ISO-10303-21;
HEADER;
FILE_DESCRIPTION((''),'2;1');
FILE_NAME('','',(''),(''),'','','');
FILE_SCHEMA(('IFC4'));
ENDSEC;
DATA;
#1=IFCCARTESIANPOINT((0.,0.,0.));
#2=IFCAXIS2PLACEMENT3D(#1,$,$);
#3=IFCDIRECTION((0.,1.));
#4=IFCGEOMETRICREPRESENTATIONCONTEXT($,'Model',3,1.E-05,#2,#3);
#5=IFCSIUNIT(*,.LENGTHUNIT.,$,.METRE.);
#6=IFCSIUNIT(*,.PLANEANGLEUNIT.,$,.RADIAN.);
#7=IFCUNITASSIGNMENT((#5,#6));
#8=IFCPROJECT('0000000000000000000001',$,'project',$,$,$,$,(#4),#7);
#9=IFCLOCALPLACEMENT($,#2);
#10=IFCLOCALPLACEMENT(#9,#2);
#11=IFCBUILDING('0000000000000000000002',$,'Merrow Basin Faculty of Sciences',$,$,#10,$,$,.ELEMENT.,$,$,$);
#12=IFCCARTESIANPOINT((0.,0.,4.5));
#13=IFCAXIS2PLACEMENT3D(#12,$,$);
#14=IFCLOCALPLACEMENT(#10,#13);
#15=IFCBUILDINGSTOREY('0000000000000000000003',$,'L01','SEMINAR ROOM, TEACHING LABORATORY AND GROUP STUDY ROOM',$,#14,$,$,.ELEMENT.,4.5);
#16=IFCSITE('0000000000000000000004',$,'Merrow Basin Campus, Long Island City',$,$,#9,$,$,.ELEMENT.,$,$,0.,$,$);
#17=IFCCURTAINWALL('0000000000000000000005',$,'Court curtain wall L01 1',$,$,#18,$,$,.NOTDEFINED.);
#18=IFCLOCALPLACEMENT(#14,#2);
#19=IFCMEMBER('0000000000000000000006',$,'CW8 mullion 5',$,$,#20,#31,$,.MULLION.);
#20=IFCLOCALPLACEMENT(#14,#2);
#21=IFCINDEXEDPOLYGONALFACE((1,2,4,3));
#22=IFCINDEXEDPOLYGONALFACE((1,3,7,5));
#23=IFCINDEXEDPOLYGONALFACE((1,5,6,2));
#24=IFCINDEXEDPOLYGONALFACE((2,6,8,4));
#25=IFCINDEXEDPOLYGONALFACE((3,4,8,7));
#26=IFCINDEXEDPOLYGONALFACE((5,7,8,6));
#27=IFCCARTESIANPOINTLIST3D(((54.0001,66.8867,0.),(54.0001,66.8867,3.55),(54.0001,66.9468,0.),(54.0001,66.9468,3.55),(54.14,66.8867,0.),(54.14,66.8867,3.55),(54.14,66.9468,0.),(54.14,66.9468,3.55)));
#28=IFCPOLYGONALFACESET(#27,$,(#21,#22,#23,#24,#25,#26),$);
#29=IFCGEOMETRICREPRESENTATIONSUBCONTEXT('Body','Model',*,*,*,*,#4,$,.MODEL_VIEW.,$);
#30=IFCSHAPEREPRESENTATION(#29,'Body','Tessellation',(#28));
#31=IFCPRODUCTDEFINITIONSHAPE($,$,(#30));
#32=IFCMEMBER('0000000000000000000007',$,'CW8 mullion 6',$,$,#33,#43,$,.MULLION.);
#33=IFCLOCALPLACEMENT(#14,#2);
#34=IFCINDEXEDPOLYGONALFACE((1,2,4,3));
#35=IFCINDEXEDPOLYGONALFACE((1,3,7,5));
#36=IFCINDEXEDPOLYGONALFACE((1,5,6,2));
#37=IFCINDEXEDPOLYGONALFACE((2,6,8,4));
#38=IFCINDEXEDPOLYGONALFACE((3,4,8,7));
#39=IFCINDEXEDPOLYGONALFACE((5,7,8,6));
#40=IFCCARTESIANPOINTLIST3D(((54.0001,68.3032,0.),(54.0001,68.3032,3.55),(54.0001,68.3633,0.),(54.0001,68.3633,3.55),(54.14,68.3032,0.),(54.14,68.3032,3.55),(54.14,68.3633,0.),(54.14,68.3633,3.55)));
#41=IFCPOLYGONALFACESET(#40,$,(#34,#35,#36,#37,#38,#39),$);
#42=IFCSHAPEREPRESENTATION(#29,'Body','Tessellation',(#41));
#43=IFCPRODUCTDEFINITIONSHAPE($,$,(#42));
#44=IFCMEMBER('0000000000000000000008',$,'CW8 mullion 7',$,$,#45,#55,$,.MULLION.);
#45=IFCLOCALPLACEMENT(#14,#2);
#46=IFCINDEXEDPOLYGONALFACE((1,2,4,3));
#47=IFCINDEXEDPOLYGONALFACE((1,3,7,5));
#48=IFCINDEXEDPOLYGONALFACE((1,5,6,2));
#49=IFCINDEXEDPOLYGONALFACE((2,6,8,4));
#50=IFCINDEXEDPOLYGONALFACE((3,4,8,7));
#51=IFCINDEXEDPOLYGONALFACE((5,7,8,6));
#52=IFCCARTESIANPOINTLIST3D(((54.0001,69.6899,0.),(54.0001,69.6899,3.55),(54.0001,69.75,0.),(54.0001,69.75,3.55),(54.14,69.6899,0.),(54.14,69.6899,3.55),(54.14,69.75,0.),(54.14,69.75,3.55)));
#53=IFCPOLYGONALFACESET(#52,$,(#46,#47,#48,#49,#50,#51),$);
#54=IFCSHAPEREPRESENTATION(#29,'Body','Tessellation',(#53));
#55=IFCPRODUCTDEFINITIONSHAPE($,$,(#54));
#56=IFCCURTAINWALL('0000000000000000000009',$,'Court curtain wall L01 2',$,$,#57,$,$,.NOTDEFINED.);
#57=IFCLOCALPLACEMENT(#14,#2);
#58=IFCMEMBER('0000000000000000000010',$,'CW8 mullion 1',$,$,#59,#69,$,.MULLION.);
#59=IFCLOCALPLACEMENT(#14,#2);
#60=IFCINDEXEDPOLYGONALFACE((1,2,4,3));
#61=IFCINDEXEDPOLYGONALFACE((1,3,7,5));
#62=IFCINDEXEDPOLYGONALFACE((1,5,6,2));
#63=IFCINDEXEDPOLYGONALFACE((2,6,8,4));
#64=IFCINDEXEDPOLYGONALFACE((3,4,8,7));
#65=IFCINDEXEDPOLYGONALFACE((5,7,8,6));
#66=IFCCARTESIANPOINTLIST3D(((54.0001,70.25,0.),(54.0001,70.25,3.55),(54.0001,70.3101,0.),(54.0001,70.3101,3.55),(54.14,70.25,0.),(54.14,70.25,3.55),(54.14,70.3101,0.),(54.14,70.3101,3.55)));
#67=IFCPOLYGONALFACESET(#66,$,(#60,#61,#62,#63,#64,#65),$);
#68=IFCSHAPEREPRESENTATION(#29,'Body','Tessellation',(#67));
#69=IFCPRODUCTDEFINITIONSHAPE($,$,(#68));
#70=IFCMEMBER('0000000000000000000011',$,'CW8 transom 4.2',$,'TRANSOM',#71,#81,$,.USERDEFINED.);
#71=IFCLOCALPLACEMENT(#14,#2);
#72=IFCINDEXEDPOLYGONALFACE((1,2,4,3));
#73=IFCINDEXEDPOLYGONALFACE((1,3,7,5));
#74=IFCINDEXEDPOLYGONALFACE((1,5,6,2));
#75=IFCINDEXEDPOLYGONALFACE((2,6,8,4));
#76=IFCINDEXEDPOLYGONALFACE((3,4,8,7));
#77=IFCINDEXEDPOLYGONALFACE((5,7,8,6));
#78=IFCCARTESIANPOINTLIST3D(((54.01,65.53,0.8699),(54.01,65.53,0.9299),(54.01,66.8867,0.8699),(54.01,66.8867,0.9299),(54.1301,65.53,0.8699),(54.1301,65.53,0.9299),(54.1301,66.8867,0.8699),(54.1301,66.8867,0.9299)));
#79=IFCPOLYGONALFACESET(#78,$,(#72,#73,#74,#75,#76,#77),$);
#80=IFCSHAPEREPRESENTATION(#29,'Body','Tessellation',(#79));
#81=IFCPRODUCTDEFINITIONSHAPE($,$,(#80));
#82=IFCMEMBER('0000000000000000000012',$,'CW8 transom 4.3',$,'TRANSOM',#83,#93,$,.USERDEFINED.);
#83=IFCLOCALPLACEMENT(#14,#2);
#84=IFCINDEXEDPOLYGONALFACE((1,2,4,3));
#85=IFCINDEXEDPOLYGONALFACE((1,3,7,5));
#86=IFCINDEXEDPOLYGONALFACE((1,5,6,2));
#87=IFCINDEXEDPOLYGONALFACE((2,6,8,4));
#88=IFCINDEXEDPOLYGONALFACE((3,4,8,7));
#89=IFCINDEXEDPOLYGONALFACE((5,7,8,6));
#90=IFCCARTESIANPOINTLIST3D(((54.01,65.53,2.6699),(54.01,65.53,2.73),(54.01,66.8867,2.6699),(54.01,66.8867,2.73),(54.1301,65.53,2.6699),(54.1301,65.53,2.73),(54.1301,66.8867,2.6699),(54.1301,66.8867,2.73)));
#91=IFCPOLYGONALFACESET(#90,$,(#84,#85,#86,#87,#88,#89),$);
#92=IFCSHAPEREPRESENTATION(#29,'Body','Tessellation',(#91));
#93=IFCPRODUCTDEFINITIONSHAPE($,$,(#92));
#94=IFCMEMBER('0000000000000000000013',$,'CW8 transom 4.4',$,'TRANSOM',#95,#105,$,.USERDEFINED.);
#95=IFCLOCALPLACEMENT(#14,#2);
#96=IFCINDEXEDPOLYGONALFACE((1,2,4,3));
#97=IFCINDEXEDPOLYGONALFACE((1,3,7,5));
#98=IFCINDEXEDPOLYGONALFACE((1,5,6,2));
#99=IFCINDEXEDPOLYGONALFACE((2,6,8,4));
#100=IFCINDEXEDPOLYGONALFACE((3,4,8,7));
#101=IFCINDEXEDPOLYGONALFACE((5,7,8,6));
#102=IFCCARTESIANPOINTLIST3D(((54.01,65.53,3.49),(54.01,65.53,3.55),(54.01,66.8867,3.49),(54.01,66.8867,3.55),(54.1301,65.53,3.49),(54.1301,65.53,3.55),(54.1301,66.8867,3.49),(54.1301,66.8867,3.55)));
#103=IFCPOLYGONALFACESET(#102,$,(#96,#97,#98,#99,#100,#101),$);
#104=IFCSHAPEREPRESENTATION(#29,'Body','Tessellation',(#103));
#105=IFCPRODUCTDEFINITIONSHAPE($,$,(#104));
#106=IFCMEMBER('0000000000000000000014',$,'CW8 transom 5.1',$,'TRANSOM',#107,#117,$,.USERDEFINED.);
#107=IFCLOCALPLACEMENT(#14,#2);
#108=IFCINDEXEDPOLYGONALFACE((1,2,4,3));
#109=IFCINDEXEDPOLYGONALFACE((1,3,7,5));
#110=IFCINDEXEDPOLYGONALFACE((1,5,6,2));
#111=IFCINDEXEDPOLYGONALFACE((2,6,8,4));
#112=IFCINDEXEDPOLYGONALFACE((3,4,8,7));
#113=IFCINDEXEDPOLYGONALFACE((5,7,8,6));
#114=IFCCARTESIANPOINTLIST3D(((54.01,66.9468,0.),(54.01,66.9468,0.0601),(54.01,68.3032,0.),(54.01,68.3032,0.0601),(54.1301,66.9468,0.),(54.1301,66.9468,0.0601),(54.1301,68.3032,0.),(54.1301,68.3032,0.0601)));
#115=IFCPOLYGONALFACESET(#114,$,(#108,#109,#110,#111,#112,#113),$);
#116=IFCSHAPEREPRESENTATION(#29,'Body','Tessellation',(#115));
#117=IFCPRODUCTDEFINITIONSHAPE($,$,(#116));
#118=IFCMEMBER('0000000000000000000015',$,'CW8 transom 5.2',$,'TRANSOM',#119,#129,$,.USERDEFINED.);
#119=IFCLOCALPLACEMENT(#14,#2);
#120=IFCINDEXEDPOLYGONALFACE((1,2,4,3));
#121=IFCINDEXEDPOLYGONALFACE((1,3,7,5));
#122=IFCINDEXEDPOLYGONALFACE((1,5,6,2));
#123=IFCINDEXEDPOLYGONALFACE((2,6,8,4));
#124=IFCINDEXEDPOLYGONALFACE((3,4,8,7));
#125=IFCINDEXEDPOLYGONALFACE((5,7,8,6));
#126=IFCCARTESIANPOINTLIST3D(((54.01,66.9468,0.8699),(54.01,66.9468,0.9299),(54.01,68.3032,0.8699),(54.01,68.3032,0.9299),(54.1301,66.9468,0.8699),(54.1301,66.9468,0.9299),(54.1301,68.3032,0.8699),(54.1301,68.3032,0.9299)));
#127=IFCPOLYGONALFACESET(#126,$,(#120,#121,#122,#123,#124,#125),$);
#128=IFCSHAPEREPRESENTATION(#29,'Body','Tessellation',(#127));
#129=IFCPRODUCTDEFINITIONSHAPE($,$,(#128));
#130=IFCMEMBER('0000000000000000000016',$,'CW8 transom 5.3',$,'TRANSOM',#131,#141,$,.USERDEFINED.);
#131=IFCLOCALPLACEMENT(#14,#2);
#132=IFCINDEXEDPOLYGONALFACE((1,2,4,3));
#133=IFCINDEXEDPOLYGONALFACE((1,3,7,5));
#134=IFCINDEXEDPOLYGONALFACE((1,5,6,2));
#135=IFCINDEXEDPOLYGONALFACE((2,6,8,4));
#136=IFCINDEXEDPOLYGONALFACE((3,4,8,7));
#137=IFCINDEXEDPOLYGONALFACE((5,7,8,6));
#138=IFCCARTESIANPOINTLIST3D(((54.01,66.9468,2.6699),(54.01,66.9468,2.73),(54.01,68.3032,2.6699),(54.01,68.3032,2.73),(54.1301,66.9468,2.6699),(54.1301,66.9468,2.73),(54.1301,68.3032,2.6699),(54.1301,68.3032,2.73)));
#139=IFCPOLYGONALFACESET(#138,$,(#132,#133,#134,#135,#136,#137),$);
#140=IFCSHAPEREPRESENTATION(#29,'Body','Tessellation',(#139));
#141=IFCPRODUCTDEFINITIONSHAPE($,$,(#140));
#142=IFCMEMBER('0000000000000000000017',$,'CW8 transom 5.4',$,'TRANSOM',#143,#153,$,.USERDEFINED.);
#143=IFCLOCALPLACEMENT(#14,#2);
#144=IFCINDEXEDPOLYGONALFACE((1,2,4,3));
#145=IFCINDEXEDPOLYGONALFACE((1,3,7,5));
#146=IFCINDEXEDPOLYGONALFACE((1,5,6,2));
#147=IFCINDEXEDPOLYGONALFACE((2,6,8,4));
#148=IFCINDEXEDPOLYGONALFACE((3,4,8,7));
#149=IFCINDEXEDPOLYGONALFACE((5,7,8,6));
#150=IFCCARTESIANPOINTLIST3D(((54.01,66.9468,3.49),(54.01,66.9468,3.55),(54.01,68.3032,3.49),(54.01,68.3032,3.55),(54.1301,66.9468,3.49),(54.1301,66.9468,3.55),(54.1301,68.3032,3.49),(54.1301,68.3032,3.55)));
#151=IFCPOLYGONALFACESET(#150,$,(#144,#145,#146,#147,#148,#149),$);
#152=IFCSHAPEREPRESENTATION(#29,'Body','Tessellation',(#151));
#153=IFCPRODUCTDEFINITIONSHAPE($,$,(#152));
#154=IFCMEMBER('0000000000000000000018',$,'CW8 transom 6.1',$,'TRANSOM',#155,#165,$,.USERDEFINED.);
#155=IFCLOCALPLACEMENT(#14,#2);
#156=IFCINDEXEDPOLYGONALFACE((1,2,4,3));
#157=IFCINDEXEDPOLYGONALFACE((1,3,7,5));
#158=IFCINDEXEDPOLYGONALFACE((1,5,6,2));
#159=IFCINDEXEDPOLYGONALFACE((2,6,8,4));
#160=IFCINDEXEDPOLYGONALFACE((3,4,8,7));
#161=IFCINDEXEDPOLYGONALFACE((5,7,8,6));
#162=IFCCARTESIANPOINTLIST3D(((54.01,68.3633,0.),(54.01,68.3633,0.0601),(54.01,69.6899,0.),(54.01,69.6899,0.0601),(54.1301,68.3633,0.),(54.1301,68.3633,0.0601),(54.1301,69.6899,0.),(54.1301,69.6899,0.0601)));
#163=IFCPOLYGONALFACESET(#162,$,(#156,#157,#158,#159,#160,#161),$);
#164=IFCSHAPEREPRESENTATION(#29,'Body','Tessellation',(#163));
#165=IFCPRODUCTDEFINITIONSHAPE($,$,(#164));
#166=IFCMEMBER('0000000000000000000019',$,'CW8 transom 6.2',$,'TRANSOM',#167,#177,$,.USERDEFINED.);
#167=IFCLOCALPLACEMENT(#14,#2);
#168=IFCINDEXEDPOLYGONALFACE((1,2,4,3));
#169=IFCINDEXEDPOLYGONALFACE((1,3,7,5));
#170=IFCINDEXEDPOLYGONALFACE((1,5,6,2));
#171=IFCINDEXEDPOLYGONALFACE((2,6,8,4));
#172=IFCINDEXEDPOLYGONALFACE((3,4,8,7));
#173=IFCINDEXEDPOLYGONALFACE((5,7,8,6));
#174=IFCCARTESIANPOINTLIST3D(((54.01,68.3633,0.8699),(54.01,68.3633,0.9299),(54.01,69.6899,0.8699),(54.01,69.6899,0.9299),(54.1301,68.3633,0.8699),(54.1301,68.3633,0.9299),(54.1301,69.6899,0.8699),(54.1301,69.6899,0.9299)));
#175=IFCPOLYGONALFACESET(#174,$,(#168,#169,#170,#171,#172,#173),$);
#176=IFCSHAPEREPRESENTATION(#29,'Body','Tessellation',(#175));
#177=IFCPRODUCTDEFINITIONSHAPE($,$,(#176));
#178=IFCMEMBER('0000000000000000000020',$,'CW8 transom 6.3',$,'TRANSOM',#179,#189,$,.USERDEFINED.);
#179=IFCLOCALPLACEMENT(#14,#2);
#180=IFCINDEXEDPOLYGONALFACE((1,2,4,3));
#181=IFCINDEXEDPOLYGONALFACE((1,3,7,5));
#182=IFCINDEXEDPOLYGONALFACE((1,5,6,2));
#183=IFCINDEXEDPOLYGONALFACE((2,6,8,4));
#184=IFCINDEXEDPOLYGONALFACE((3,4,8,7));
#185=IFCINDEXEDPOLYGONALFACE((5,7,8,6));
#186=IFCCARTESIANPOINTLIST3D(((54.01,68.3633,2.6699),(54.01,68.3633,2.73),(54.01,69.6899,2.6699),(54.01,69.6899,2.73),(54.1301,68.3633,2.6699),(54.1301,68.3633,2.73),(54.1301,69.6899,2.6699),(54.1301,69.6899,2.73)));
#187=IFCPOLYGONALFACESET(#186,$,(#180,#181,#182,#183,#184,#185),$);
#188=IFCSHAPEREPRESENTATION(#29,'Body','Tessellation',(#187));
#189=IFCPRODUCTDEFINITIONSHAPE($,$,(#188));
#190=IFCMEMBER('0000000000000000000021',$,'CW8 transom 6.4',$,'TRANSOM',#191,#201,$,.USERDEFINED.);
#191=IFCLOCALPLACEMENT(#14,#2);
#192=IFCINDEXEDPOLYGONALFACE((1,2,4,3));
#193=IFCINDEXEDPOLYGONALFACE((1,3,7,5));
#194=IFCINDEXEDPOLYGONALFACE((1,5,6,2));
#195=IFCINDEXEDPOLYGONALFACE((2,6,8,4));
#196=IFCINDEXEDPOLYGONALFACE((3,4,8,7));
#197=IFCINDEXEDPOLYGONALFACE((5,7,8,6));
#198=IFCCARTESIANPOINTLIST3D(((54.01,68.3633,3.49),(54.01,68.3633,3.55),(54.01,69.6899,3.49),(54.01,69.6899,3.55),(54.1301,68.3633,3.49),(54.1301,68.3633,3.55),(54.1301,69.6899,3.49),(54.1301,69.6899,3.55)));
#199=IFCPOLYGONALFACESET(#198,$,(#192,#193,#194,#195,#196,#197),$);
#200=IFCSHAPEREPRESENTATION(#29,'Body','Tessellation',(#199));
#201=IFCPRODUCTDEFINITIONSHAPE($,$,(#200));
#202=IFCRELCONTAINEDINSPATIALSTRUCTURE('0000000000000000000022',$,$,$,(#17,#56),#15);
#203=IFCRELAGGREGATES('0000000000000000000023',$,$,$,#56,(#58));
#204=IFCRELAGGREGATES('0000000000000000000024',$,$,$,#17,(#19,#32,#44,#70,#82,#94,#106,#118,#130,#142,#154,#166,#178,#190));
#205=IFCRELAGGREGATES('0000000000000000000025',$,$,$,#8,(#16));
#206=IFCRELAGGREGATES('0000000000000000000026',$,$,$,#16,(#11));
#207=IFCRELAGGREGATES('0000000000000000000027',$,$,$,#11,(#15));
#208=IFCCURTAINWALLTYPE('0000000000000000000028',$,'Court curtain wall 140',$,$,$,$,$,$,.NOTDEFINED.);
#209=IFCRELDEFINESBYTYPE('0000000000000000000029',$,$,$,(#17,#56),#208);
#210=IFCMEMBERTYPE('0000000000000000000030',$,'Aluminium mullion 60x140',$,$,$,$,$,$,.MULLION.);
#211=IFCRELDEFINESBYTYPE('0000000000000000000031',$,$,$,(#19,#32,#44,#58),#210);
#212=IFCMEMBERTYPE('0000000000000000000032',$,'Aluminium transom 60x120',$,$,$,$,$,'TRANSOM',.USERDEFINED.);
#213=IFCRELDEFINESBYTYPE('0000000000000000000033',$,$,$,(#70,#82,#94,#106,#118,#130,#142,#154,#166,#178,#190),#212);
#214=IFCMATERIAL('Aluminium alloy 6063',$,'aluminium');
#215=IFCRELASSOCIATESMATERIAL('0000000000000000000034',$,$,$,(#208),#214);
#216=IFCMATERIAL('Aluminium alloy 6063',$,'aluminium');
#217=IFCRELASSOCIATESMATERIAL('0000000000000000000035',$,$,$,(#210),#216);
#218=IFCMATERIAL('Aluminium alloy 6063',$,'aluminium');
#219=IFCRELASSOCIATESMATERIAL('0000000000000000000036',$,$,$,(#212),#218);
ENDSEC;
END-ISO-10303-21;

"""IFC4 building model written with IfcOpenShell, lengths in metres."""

from ifc_helpers import new_model, si_unit, direction, frame, origin, origin_2d, place, context, subcontext, project, spatial, rectangle, extrude, material, material_profile, profile_set, type_object, element, aggregate, save


model = new_model("IFC4")

# Units and contexts
model_context = context("Model", 3, precision=1e-05, world=origin(), true_north=direction((0.0, 1.0)))
body_context = subcontext(model_context, "Body", "Model", "MODEL_VIEW")
ifc_project = project(units=[si_unit("LENGTHUNIT", "METRE"), si_unit("PLANEANGLEUNIT", "RADIAN")], contexts=[model_context])

# Site, building, storey
site_placement = place(None, origin())
site = spatial("IfcSite", under=ifc_project, at=site_placement, Name="Merrow Basin Campus, Long Island City", CompositionType="ELEMENT", RefElevation=0.0)
building_placement = place(site_placement, origin())
building = spatial("IfcBuilding", under=site, at=building_placement, Name="Merrow Basin Faculty of Sciences", CompositionType="ELEMENT")
storey_placement = place(building_placement, frame((0.0, 0.0, 4.5)))
storey = spatial("IfcBuildingStorey", under=building, at=storey_placement, Name="L01", Description="SEMINAR ROOM, TEACHING LABORATORY AND GROUP STUDY ROOM", CompositionType="ELEMENT", Elevation=4.5)

# Curtain wall, members
ifc_material_1 = material(Name="Aluminium alloy 6063", Category="aluminium")
curtain_wall_type = type_object("IfcCurtainWallType", Name="Court curtain wall 140", PredefinedType="NOTDEFINED", material=ifc_material_1)
curtain_wall_1_placement = place(storey_placement, origin())
curtain_wall_1 = element("IfcCurtainWall", 1, at=curtain_wall_1_placement, inside=storey, type_object=curtain_wall_type, Name="Court curtain wall L01 1", PredefinedType="NOTDEFINED")
ifc_material_2 = material(Name="Aluminium alloy 6063", Category="aluminium")
ifc_material_profile_1 = material_profile(ifc_material_2, rectangle(XDim=0.1399, YDim=0.0601, at=origin_2d()))
ifc_profile_set_1 = profile_set([ifc_material_profile_1], Name="Aluminium alloy 6063")
member_type_1 = type_object("IfcMemberType", Name="Aluminium mullion 60x140", PredefinedType="MULLION", material=ifc_profile_set_1)
member_1_placement = place(storey_placement, frame((54.0701, 66.9167, 0.0), z_axis=(0.0, 0.0, 1.0), x_axis=(-1.0, 0.0, 0.0)))
member_1 = element("IfcMember", 2, at=member_1_placement, type_object=member_type_1, Name="CW8 mullion 5", PredefinedType="MULLION", context=body_context, shape_type="SweptSolid", body=[
    extrude(rectangle(XDim=0.1399, YDim=0.0601, at=origin_2d()), origin(), (0.0, 0.0, 1.0), 3.55),
])
member_2_placement = place(storey_placement, frame((54.0701, 68.3333, 0.0), z_axis=(0.0, 0.0, 1.0), x_axis=(-1.0, 0.0, 0.0)))
member_2 = element("IfcMember", 3, at=member_2_placement, type_object=member_type_1, Name="CW8 mullion 6", PredefinedType="MULLION", context=body_context, shape_type="SweptSolid", body=[
    extrude(rectangle(XDim=0.1399, YDim=0.0601, at=origin_2d()), origin(), (0.0, 0.0, 1.0), 3.55),
])
member_3_placement = place(storey_placement, frame((54.0701, 69.72, 0.0), z_axis=(0.0, 0.0, 1.0), x_axis=(-1.0, 0.0, 0.0)))
member_3 = element("IfcMember", 4, at=member_3_placement, type_object=member_type_1, Name="CW8 mullion 7", PredefinedType="MULLION", context=body_context, shape_type="SweptSolid", body=[
    extrude(rectangle(XDim=0.1399, YDim=0.0601, at=origin_2d()), origin(), (0.0, 0.0, 1.0), 3.55),
])

# Curtain wall, member
curtain_wall_2_placement = place(storey_placement, origin())
curtain_wall_2 = element("IfcCurtainWall", 5, at=curtain_wall_2_placement, inside=storey, type_object=curtain_wall_type, Name="Court curtain wall L01 2", PredefinedType="NOTDEFINED")
member_4_placement = place(storey_placement, frame((54.0701, 70.28, 0.0), z_axis=(0.0, 0.0, 1.0), x_axis=(-1.0, 0.0, 0.0)))
member_4 = element("IfcMember", 6, at=member_4_placement, type_object=member_type_1, Name="CW8 mullion 1", PredefinedType="MULLION", context=body_context, shape_type="SweptSolid", body=[
    extrude(rectangle(XDim=0.1399, YDim=0.0601, at=origin_2d()), origin(), (0.0, 0.0, 1.0), 3.55),
])

# Members
ifc_material_3 = material(Name="Aluminium alloy 6063", Category="aluminium")
ifc_material_profile_2 = material_profile(ifc_material_3, rectangle(XDim=0.1201, YDim=0.0601, at=origin_2d()))
ifc_profile_set_2 = profile_set([ifc_material_profile_2], Name="Aluminium alloy 6063")
member_type_2 = type_object("IfcMemberType", Name="Aluminium transom 60x120", ElementType="TRANSOM", PredefinedType="USERDEFINED", material=ifc_profile_set_2)
member_5_placement = place(storey_placement, frame((54.0701, 65.53, 0.8999), z_axis=(0.0, 1.0, 0.0), x_axis=(-1.0, 0.0, 0.0)))
member_5 = element("IfcMember", 7, at=member_5_placement, type_object=member_type_2, Name="CW8 transom 4.2", ObjectType="TRANSOM", PredefinedType="USERDEFINED", context=body_context, shape_type="SweptSolid", body=[
    extrude(rectangle(XDim=0.1201, YDim=0.0601, at=origin_2d()), origin(), (0.0, 0.0, 1.0), 1.3567),
])
member_6_placement = place(storey_placement, frame((54.0701, 65.53, 2.7), z_axis=(0.0, 1.0, 0.0), x_axis=(-1.0, 0.0, 0.0)))
member_6 = element("IfcMember", 8, at=member_6_placement, type_object=member_type_2, Name="CW8 transom 4.3", ObjectType="TRANSOM", PredefinedType="USERDEFINED", context=body_context, shape_type="SweptSolid", body=[
    extrude(rectangle(XDim=0.1201, YDim=0.0601, at=origin_2d()), origin(), (0.0, 0.0, 1.0), 1.3567),
])
member_7_placement = place(storey_placement, frame((54.0701, 65.53, 3.52), z_axis=(0.0, 1.0, 0.0), x_axis=(-1.0, 0.0, 0.0)))
member_7 = element("IfcMember", 9, at=member_7_placement, type_object=member_type_2, Name="CW8 transom 4.4", ObjectType="TRANSOM", PredefinedType="USERDEFINED", context=body_context, shape_type="SweptSolid", body=[
    extrude(rectangle(XDim=0.1201, YDim=0.0601, at=origin_2d()), origin(), (0.0, 0.0, 1.0), 1.3567),
])
member_8_placement = place(storey_placement, frame((54.0701, 66.9468, 0.03), z_axis=(0.0, 1.0, 0.0), x_axis=(-1.0, 0.0, 0.0)))
member_8 = element("IfcMember", 10, at=member_8_placement, type_object=member_type_2, Name="CW8 transom 5.1", ObjectType="TRANSOM", PredefinedType="USERDEFINED", context=body_context, shape_type="SweptSolid", body=[
    extrude(rectangle(XDim=0.1201, YDim=0.0601, at=origin_2d()), origin(), (0.0, 0.0, 1.0), 1.3564),
])
member_9_placement = place(storey_placement, frame((54.0701, 66.9468, 0.8999), z_axis=(0.0, 1.0, 0.0), x_axis=(-1.0, 0.0, 0.0)))
member_9 = element("IfcMember", 11, at=member_9_placement, type_object=member_type_2, Name="CW8 transom 5.2", ObjectType="TRANSOM", PredefinedType="USERDEFINED", context=body_context, shape_type="SweptSolid", body=[
    extrude(rectangle(XDim=0.1201, YDim=0.0601, at=origin_2d()), origin(), (0.0, 0.0, 1.0), 1.3564),
])
member_10_placement = place(storey_placement, frame((54.0701, 66.9468, 2.7), z_axis=(0.0, 1.0, 0.0), x_axis=(-1.0, 0.0, 0.0)))
member_10 = element("IfcMember", 12, at=member_10_placement, type_object=member_type_2, Name="CW8 transom 5.3", ObjectType="TRANSOM", PredefinedType="USERDEFINED", context=body_context, shape_type="SweptSolid", body=[
    extrude(rectangle(XDim=0.1201, YDim=0.0601, at=origin_2d()), origin(), (0.0, 0.0, 1.0), 1.3564),
])
member_11_placement = place(storey_placement, frame((54.0701, 66.9468, 3.52), z_axis=(0.0, 1.0, 0.0), x_axis=(-1.0, 0.0, 0.0)))
member_11 = element("IfcMember", 13, at=member_11_placement, type_object=member_type_2, Name="CW8 transom 5.4", ObjectType="TRANSOM", PredefinedType="USERDEFINED", context=body_context, shape_type="SweptSolid", body=[
    extrude(rectangle(XDim=0.1201, YDim=0.0601, at=origin_2d()), origin(), (0.0, 0.0, 1.0), 1.3564),
])
member_12_placement = place(storey_placement, frame((54.0701, 68.3633, 0.03), z_axis=(0.0, 1.0, 0.0), x_axis=(-1.0, 0.0, 0.0)))
member_12 = element("IfcMember", 14, at=member_12_placement, type_object=member_type_2, Name="CW8 transom 6.1", ObjectType="TRANSOM", PredefinedType="USERDEFINED", context=body_context, shape_type="SweptSolid", body=[
    extrude(rectangle(XDim=0.1201, YDim=0.0601, at=origin_2d()), origin(), (0.0, 0.0, 1.0), 1.3267),
])
member_13_placement = place(storey_placement, frame((54.0701, 68.3633, 0.8999), z_axis=(0.0, 1.0, 0.0), x_axis=(-1.0, 0.0, 0.0)))
member_13 = element("IfcMember", 15, at=member_13_placement, type_object=member_type_2, Name="CW8 transom 6.2", ObjectType="TRANSOM", PredefinedType="USERDEFINED", context=body_context, shape_type="SweptSolid", body=[
    extrude(rectangle(XDim=0.1201, YDim=0.0601, at=origin_2d()), origin(), (0.0, 0.0, 1.0), 1.3267),
])
member_14_placement = place(storey_placement, frame((54.0701, 68.3633, 2.7), z_axis=(0.0, 1.0, 0.0), x_axis=(-1.0, 0.0, 0.0)))
member_14 = element("IfcMember", 16, at=member_14_placement, type_object=member_type_2, Name="CW8 transom 6.3", ObjectType="TRANSOM", PredefinedType="USERDEFINED", context=body_context, shape_type="SweptSolid", body=[
    extrude(rectangle(XDim=0.1201, YDim=0.0601, at=origin_2d()), origin(), (0.0, 0.0, 1.0), 1.3267),
])
member_15_placement = place(storey_placement, frame((54.0701, 68.3633, 3.52), z_axis=(0.0, 1.0, 0.0), x_axis=(-1.0, 0.0, 0.0)))
member_15 = element("IfcMember", 17, at=member_15_placement, type_object=member_type_2, Name="CW8 transom 6.4", ObjectType="TRANSOM", PredefinedType="USERDEFINED", context=body_context, shape_type="SweptSolid", body=[
    extrude(rectangle(XDim=0.1201, YDim=0.0601, at=origin_2d()), origin(), (0.0, 0.0, 1.0), 1.3267),
])
aggregate(curtain_wall_2, [member_4])

aggregate(curtain_wall_1, [member_1, member_2, member_3, member_5, member_6, member_7, member_8, member_9, member_10, member_11, member_12, member_13, member_14, member_15])

save(model, "model.ifc")
